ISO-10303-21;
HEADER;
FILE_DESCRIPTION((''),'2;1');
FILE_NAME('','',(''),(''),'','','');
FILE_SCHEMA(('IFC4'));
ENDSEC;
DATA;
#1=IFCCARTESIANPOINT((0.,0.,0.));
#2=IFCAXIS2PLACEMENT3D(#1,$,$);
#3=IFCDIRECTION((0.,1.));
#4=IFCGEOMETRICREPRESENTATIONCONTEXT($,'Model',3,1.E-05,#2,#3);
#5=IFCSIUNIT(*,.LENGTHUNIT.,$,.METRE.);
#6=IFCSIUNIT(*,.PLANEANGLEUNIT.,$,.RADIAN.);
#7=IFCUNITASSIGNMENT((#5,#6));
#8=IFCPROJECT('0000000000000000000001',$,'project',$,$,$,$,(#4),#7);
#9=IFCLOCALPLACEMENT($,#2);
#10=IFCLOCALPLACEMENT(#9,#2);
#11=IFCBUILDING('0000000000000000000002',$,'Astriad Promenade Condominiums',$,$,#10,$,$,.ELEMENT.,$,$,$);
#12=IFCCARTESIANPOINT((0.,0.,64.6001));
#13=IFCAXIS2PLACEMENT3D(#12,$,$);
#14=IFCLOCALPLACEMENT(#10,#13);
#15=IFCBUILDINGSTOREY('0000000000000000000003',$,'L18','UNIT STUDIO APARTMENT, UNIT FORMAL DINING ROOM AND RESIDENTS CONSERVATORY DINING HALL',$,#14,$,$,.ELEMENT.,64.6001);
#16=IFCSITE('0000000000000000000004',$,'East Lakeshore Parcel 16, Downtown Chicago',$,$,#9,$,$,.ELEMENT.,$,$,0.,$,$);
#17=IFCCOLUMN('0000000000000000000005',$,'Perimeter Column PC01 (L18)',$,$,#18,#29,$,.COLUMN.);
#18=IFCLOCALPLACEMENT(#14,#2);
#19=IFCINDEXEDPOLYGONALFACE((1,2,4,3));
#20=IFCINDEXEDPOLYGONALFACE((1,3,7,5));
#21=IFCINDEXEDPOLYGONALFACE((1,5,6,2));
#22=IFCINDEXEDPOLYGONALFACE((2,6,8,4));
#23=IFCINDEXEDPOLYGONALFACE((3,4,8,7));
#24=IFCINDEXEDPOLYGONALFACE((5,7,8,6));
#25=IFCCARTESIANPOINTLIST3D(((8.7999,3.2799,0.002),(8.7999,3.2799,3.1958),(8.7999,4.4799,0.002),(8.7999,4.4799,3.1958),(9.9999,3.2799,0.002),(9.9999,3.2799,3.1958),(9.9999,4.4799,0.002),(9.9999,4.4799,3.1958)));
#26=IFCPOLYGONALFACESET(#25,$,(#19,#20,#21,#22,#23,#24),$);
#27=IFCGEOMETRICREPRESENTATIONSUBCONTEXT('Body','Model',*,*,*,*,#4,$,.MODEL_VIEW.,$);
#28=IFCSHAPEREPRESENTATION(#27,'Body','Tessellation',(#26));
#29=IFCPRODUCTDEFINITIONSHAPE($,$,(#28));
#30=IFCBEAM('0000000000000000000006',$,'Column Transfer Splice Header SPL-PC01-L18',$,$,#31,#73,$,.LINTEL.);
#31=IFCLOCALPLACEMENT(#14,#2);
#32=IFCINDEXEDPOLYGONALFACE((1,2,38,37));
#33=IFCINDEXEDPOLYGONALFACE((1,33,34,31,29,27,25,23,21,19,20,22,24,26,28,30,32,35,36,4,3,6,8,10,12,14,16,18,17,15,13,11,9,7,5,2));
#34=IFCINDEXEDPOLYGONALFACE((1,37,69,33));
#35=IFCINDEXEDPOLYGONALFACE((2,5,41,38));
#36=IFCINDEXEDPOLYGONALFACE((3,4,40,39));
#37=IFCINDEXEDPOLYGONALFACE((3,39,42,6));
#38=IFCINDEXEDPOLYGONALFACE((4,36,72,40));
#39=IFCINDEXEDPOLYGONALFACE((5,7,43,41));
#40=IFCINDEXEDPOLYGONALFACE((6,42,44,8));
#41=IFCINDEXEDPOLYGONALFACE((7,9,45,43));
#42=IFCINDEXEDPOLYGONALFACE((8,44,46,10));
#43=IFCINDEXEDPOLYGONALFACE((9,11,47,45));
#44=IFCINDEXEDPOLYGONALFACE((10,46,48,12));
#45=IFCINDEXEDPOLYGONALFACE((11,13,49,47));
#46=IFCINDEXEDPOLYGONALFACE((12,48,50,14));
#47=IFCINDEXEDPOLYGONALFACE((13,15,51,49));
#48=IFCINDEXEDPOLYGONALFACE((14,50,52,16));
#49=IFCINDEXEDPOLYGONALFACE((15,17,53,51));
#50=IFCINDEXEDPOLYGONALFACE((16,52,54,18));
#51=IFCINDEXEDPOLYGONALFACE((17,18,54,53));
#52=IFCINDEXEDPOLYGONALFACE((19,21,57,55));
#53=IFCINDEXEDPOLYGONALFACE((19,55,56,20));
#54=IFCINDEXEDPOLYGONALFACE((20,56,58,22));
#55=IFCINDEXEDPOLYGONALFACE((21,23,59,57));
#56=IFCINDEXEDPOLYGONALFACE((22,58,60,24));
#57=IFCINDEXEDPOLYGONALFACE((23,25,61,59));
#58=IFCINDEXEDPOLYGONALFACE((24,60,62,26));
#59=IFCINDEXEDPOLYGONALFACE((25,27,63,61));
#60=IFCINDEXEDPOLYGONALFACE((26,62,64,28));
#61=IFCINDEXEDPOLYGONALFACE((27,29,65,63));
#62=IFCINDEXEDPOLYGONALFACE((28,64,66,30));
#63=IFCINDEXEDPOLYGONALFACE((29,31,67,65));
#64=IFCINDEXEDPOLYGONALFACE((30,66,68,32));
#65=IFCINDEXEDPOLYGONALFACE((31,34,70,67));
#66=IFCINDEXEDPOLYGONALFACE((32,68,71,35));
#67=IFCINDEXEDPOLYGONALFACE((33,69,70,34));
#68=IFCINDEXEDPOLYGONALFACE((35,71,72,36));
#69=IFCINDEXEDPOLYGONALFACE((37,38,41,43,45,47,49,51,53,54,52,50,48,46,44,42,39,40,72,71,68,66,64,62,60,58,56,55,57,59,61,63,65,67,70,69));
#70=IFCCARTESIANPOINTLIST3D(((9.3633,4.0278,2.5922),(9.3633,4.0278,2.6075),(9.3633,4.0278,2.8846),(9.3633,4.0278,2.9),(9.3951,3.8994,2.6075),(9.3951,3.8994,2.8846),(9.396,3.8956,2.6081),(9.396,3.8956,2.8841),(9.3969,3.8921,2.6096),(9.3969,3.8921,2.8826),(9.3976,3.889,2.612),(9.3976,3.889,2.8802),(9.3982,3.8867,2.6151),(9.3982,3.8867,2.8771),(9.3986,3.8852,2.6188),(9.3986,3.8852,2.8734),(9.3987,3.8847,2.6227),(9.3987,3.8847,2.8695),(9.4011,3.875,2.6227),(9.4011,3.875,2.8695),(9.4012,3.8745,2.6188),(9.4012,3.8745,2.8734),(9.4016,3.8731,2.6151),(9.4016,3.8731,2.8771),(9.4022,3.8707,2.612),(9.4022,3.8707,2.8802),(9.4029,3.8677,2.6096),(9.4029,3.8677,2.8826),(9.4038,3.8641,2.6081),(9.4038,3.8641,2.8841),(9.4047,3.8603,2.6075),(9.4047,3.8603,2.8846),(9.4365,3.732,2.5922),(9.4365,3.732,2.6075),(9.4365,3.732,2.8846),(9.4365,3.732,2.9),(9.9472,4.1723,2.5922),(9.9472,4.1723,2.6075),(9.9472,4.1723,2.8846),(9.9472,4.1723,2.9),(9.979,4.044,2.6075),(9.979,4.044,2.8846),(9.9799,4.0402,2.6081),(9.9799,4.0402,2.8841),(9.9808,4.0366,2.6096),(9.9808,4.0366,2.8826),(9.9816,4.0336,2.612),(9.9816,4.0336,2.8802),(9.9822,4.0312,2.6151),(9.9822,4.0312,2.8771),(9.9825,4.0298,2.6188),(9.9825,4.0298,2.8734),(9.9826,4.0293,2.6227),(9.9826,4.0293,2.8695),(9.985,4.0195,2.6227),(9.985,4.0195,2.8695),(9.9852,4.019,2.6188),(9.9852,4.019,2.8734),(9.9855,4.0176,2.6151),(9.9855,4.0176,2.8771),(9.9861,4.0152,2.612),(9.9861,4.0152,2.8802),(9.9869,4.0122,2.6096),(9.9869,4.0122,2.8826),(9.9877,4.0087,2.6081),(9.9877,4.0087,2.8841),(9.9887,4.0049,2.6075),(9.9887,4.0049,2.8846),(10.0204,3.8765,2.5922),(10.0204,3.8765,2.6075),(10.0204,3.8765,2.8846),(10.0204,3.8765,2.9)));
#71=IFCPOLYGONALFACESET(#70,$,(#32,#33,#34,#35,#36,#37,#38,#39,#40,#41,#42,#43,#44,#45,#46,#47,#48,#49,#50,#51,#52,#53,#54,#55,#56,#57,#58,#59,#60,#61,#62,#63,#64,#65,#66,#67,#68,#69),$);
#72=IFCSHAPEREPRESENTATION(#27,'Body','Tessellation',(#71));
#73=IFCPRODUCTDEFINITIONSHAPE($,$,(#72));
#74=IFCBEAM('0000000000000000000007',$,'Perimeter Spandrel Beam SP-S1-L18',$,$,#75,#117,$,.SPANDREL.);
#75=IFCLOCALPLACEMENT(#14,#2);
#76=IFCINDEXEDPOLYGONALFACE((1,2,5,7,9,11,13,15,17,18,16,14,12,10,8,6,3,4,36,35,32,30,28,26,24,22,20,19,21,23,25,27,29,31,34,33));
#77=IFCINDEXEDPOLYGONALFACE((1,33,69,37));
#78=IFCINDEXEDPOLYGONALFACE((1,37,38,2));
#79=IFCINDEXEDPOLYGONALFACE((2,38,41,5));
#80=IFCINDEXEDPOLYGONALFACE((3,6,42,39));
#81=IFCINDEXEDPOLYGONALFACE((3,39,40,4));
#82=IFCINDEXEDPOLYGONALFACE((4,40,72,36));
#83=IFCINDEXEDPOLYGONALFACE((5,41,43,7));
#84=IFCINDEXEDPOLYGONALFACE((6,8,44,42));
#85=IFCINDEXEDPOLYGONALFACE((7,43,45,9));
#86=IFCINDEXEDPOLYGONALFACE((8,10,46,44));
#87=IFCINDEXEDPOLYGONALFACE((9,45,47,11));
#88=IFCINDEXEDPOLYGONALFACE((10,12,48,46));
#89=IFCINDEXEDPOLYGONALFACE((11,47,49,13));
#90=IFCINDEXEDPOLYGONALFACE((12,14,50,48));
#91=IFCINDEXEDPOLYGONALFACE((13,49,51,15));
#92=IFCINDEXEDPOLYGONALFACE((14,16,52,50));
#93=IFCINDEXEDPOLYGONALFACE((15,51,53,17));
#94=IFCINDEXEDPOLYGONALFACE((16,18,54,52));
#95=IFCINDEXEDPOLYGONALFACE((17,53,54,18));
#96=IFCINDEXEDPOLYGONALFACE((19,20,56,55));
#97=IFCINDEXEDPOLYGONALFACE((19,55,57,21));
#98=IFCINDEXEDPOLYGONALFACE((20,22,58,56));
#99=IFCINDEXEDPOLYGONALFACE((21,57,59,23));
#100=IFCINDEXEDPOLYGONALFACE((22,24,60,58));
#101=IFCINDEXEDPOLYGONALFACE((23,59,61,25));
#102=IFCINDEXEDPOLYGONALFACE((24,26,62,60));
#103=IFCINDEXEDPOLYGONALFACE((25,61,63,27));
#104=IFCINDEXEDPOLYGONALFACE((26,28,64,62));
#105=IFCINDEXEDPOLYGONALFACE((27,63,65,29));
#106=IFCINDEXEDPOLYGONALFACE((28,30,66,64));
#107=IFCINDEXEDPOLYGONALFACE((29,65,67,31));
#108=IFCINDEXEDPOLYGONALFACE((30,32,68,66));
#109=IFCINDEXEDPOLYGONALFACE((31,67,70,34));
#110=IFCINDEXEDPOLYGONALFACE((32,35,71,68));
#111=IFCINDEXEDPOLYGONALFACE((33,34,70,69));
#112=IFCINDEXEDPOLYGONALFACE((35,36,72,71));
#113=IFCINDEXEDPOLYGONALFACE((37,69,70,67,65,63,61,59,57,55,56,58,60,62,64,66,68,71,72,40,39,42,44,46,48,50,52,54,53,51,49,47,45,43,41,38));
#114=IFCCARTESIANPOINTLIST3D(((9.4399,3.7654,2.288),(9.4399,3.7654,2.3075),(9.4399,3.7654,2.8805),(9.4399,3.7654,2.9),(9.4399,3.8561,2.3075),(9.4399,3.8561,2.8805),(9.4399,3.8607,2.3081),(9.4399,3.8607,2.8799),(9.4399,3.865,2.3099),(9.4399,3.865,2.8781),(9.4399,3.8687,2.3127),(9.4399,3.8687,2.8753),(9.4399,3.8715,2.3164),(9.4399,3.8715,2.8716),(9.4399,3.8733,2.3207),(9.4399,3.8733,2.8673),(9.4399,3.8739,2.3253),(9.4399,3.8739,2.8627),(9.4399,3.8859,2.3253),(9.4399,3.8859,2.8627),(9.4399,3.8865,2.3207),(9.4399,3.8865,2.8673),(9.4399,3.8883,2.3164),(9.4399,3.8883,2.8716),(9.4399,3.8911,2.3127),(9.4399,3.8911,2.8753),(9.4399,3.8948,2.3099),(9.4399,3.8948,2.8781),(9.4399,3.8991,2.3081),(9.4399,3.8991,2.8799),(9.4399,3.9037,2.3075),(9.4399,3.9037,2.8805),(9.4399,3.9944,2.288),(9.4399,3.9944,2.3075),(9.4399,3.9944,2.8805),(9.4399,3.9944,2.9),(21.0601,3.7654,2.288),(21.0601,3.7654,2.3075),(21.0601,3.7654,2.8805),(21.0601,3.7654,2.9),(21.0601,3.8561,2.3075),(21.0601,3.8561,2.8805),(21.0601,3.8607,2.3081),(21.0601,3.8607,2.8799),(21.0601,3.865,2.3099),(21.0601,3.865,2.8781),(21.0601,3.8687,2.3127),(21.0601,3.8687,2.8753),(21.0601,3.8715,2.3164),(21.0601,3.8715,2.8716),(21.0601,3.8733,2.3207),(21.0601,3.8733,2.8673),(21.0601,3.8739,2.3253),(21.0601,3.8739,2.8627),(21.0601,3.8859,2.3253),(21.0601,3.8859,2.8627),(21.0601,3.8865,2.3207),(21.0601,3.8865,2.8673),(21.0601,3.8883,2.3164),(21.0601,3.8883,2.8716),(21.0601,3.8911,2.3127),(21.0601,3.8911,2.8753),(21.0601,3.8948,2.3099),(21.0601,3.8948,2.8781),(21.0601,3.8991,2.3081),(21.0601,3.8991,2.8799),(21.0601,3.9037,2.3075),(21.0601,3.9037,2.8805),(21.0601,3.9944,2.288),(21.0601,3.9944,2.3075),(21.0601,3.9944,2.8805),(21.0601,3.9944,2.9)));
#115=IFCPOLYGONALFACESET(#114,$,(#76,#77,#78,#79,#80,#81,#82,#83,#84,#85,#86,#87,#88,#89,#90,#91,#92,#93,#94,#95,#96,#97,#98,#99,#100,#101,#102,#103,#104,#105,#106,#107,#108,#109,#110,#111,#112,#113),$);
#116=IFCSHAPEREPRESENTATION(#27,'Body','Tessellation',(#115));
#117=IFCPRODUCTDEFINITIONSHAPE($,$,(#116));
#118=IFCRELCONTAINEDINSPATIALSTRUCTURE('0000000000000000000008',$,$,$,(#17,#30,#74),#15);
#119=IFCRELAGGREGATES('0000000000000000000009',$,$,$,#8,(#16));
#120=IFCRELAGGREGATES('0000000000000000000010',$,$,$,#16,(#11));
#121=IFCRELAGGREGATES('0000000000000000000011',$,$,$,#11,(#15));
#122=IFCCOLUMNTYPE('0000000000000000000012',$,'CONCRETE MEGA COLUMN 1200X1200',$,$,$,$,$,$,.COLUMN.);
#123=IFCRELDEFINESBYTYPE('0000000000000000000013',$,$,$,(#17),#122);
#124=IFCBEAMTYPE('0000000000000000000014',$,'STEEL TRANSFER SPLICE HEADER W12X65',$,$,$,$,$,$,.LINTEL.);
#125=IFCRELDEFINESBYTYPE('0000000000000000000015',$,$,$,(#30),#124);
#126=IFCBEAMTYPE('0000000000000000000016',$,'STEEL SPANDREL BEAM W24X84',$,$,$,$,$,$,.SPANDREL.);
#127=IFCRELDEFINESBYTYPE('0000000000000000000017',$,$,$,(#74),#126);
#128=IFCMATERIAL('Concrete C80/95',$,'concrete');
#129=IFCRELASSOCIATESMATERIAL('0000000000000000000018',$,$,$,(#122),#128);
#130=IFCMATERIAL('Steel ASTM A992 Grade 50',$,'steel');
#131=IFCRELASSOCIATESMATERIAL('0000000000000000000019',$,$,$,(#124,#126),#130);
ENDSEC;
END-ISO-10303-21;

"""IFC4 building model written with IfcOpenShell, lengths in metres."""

from ifc_helpers import new_model, si_unit, direction, frame, origin, origin_2d, place, context, subcontext, project, spatial, rectangle, i_section, extrude, source, transform, mapped, material, material_profile, profile_set, type_object, type_shapes, element, save


model = new_model("IFC4")

# Units and contexts
model_context = context("Model", 3, precision=1e-05, world=origin(), true_north=direction((0.0, 1.0)))
body_context = subcontext(model_context, "Body", "Model", "MODEL_VIEW")
ifc_project = project(units=[si_unit("LENGTHUNIT", "METRE"), si_unit("PLANEANGLEUNIT", "RADIAN")], contexts=[model_context])

# Site, building, storey
site_placement = place(None, origin())
site = spatial("IfcSite", under=ifc_project, at=site_placement, Name="East Lakeshore Parcel 16, Downtown Chicago", CompositionType="ELEMENT", RefElevation=0.0)
building_placement = place(site_placement, origin())
building = spatial("IfcBuilding", under=site, at=building_placement, Name="Astriad Promenade Condominiums", CompositionType="ELEMENT")
storey_placement = place(building_placement, frame((0.0, 0.0, 64.6001)))
storey = spatial("IfcBuildingStorey", under=building, at=storey_placement, Name="L18", Description="UNIT STUDIO APARTMENT, UNIT FORMAL DINING ROOM AND RESIDENTS CONSERVATORY DINING HALL", CompositionType="ELEMENT", Elevation=64.6001)

# Column
ifc_material_1 = material(Name="Concrete C80/95", Category="concrete")
ifc_material_profile_1 = material_profile(ifc_material_1, rectangle(XDim=1.2, YDim=1.2, at=origin_2d()), Name="RC-COL-1200X1200")
ifc_profile_set_1 = profile_set([ifc_material_profile_1], Name="Concrete C80/95")
column_type = type_object("IfcColumnType", Name="CONCRETE MEGA COLUMN 1200X1200", PredefinedType="COLUMN", material=ifc_profile_set_1)
shared_shape_1 = source(origin(), body_context, "Body", "SweptSolid", [
    extrude(rectangle(XDim=1.2, YDim=1.2, at=origin_2d()), origin(), (0.0, 0.0, 1.0), 3.1938),
])
type_shapes(column_type, [shared_shape_1])
column_placement = place(storey_placement, frame((9.3999, 3.8799, 0.002), z_axis=(0.0, 0.0, 1.0), x_axis=(1.0, 0.0, 0.0)))
element("IfcColumn", 1, at=column_placement, inside=storey, type_object=column_type, Name="Perimeter Column PC01 (L18)", PredefinedType="COLUMN", context=body_context, shape_type="MappedRepresentation", body=[
    mapped(shared_shape_1, transform((0.0, 0.0, 0.0), scale=1.0)),
])

# Beams
ifc_material_2 = material(Name="Steel ASTM A992 Grade 50", Category="steel")
ifc_material_profile_2 = material_profile(ifc_material_2, i_section(OverallWidth=0.3047, OverallDepth=0.3079, WebThickness=0.01, FlangeThickness=0.0154, FilletRadius=0.0151, at=origin_2d()), Name="W12X65")
ifc_profile_set_2 = profile_set([ifc_material_profile_2], Name="Steel ASTM A992 Grade 50")
beam_type_1 = type_object("IfcBeamType", Name="STEEL TRANSFER SPLICE HEADER W12X65", PredefinedType="LINTEL", material=ifc_profile_set_2)
shared_shape_2 = source(origin(), body_context, "Body", "SweptSolid", [
    extrude(i_section(OverallWidth=0.3047, OverallDepth=0.3079, WebThickness=0.01, FlangeThickness=0.0154, FilletRadius=0.0151, at=origin_2d()), origin(), (0.0, 0.0, 1.0), 0.6016),
])
type_shapes(beam_type_1, [shared_shape_2])
beam_1_placement = place(storey_placement, frame((9.3999, 3.8799, 2.7461), z_axis=(0.970713, 0.240243, 0.0), x_axis=(-0.240243, 0.970713, 0.0)))
element("IfcBeam", 2, at=beam_1_placement, inside=storey, type_object=beam_type_1, Name="Column Transfer Splice Header SPL-PC01-L18", PredefinedType="LINTEL", context=body_context, shape_type="MappedRepresentation", body=[
    mapped(shared_shape_2, transform((0.0, 0.0, 0.0), scale=1.0)),
])
ifc_material_profile_3 = material_profile(ifc_material_2, i_section(OverallWidth=0.229, OverallDepth=0.6121, WebThickness=0.012, FlangeThickness=0.0195, FilletRadius=0.0178, at=origin_2d()), Name="W24X84")
ifc_profile_set_3 = profile_set([ifc_material_profile_3], Name="Steel ASTM A992 Grade 50")
beam_type_2 = type_object("IfcBeamType", Name="STEEL SPANDREL BEAM W24X84", PredefinedType="SPANDREL", material=ifc_profile_set_3)
shared_shape_3 = source(origin(), body_context, "Body", "SweptSolid", [
    extrude(i_section(OverallWidth=0.229, OverallDepth=0.6121, WebThickness=0.012, FlangeThickness=0.0195, FilletRadius=0.0178, at=origin_2d()), origin(), (0.0, 0.0, 1.0), 11.6201),
])
type_shapes(beam_type_2, [shared_shape_3])
beam_2_placement = place(storey_placement, frame((9.4399, 3.8799, 2.594), z_axis=(1.0, 0.0, 0.0), x_axis=(0.0, 1.0, 0.0)))
element("IfcBeam", 3, at=beam_2_placement, inside=storey, type_object=beam_type_2, Name="Perimeter Spandrel Beam SP-S1-L18", PredefinedType="SPANDREL", context=body_context, shape_type="MappedRepresentation", body=[
    mapped(shared_shape_3, transform((0.0, 0.0, 0.0), scale=1.0)),
])

save(model, "model.ifc")
